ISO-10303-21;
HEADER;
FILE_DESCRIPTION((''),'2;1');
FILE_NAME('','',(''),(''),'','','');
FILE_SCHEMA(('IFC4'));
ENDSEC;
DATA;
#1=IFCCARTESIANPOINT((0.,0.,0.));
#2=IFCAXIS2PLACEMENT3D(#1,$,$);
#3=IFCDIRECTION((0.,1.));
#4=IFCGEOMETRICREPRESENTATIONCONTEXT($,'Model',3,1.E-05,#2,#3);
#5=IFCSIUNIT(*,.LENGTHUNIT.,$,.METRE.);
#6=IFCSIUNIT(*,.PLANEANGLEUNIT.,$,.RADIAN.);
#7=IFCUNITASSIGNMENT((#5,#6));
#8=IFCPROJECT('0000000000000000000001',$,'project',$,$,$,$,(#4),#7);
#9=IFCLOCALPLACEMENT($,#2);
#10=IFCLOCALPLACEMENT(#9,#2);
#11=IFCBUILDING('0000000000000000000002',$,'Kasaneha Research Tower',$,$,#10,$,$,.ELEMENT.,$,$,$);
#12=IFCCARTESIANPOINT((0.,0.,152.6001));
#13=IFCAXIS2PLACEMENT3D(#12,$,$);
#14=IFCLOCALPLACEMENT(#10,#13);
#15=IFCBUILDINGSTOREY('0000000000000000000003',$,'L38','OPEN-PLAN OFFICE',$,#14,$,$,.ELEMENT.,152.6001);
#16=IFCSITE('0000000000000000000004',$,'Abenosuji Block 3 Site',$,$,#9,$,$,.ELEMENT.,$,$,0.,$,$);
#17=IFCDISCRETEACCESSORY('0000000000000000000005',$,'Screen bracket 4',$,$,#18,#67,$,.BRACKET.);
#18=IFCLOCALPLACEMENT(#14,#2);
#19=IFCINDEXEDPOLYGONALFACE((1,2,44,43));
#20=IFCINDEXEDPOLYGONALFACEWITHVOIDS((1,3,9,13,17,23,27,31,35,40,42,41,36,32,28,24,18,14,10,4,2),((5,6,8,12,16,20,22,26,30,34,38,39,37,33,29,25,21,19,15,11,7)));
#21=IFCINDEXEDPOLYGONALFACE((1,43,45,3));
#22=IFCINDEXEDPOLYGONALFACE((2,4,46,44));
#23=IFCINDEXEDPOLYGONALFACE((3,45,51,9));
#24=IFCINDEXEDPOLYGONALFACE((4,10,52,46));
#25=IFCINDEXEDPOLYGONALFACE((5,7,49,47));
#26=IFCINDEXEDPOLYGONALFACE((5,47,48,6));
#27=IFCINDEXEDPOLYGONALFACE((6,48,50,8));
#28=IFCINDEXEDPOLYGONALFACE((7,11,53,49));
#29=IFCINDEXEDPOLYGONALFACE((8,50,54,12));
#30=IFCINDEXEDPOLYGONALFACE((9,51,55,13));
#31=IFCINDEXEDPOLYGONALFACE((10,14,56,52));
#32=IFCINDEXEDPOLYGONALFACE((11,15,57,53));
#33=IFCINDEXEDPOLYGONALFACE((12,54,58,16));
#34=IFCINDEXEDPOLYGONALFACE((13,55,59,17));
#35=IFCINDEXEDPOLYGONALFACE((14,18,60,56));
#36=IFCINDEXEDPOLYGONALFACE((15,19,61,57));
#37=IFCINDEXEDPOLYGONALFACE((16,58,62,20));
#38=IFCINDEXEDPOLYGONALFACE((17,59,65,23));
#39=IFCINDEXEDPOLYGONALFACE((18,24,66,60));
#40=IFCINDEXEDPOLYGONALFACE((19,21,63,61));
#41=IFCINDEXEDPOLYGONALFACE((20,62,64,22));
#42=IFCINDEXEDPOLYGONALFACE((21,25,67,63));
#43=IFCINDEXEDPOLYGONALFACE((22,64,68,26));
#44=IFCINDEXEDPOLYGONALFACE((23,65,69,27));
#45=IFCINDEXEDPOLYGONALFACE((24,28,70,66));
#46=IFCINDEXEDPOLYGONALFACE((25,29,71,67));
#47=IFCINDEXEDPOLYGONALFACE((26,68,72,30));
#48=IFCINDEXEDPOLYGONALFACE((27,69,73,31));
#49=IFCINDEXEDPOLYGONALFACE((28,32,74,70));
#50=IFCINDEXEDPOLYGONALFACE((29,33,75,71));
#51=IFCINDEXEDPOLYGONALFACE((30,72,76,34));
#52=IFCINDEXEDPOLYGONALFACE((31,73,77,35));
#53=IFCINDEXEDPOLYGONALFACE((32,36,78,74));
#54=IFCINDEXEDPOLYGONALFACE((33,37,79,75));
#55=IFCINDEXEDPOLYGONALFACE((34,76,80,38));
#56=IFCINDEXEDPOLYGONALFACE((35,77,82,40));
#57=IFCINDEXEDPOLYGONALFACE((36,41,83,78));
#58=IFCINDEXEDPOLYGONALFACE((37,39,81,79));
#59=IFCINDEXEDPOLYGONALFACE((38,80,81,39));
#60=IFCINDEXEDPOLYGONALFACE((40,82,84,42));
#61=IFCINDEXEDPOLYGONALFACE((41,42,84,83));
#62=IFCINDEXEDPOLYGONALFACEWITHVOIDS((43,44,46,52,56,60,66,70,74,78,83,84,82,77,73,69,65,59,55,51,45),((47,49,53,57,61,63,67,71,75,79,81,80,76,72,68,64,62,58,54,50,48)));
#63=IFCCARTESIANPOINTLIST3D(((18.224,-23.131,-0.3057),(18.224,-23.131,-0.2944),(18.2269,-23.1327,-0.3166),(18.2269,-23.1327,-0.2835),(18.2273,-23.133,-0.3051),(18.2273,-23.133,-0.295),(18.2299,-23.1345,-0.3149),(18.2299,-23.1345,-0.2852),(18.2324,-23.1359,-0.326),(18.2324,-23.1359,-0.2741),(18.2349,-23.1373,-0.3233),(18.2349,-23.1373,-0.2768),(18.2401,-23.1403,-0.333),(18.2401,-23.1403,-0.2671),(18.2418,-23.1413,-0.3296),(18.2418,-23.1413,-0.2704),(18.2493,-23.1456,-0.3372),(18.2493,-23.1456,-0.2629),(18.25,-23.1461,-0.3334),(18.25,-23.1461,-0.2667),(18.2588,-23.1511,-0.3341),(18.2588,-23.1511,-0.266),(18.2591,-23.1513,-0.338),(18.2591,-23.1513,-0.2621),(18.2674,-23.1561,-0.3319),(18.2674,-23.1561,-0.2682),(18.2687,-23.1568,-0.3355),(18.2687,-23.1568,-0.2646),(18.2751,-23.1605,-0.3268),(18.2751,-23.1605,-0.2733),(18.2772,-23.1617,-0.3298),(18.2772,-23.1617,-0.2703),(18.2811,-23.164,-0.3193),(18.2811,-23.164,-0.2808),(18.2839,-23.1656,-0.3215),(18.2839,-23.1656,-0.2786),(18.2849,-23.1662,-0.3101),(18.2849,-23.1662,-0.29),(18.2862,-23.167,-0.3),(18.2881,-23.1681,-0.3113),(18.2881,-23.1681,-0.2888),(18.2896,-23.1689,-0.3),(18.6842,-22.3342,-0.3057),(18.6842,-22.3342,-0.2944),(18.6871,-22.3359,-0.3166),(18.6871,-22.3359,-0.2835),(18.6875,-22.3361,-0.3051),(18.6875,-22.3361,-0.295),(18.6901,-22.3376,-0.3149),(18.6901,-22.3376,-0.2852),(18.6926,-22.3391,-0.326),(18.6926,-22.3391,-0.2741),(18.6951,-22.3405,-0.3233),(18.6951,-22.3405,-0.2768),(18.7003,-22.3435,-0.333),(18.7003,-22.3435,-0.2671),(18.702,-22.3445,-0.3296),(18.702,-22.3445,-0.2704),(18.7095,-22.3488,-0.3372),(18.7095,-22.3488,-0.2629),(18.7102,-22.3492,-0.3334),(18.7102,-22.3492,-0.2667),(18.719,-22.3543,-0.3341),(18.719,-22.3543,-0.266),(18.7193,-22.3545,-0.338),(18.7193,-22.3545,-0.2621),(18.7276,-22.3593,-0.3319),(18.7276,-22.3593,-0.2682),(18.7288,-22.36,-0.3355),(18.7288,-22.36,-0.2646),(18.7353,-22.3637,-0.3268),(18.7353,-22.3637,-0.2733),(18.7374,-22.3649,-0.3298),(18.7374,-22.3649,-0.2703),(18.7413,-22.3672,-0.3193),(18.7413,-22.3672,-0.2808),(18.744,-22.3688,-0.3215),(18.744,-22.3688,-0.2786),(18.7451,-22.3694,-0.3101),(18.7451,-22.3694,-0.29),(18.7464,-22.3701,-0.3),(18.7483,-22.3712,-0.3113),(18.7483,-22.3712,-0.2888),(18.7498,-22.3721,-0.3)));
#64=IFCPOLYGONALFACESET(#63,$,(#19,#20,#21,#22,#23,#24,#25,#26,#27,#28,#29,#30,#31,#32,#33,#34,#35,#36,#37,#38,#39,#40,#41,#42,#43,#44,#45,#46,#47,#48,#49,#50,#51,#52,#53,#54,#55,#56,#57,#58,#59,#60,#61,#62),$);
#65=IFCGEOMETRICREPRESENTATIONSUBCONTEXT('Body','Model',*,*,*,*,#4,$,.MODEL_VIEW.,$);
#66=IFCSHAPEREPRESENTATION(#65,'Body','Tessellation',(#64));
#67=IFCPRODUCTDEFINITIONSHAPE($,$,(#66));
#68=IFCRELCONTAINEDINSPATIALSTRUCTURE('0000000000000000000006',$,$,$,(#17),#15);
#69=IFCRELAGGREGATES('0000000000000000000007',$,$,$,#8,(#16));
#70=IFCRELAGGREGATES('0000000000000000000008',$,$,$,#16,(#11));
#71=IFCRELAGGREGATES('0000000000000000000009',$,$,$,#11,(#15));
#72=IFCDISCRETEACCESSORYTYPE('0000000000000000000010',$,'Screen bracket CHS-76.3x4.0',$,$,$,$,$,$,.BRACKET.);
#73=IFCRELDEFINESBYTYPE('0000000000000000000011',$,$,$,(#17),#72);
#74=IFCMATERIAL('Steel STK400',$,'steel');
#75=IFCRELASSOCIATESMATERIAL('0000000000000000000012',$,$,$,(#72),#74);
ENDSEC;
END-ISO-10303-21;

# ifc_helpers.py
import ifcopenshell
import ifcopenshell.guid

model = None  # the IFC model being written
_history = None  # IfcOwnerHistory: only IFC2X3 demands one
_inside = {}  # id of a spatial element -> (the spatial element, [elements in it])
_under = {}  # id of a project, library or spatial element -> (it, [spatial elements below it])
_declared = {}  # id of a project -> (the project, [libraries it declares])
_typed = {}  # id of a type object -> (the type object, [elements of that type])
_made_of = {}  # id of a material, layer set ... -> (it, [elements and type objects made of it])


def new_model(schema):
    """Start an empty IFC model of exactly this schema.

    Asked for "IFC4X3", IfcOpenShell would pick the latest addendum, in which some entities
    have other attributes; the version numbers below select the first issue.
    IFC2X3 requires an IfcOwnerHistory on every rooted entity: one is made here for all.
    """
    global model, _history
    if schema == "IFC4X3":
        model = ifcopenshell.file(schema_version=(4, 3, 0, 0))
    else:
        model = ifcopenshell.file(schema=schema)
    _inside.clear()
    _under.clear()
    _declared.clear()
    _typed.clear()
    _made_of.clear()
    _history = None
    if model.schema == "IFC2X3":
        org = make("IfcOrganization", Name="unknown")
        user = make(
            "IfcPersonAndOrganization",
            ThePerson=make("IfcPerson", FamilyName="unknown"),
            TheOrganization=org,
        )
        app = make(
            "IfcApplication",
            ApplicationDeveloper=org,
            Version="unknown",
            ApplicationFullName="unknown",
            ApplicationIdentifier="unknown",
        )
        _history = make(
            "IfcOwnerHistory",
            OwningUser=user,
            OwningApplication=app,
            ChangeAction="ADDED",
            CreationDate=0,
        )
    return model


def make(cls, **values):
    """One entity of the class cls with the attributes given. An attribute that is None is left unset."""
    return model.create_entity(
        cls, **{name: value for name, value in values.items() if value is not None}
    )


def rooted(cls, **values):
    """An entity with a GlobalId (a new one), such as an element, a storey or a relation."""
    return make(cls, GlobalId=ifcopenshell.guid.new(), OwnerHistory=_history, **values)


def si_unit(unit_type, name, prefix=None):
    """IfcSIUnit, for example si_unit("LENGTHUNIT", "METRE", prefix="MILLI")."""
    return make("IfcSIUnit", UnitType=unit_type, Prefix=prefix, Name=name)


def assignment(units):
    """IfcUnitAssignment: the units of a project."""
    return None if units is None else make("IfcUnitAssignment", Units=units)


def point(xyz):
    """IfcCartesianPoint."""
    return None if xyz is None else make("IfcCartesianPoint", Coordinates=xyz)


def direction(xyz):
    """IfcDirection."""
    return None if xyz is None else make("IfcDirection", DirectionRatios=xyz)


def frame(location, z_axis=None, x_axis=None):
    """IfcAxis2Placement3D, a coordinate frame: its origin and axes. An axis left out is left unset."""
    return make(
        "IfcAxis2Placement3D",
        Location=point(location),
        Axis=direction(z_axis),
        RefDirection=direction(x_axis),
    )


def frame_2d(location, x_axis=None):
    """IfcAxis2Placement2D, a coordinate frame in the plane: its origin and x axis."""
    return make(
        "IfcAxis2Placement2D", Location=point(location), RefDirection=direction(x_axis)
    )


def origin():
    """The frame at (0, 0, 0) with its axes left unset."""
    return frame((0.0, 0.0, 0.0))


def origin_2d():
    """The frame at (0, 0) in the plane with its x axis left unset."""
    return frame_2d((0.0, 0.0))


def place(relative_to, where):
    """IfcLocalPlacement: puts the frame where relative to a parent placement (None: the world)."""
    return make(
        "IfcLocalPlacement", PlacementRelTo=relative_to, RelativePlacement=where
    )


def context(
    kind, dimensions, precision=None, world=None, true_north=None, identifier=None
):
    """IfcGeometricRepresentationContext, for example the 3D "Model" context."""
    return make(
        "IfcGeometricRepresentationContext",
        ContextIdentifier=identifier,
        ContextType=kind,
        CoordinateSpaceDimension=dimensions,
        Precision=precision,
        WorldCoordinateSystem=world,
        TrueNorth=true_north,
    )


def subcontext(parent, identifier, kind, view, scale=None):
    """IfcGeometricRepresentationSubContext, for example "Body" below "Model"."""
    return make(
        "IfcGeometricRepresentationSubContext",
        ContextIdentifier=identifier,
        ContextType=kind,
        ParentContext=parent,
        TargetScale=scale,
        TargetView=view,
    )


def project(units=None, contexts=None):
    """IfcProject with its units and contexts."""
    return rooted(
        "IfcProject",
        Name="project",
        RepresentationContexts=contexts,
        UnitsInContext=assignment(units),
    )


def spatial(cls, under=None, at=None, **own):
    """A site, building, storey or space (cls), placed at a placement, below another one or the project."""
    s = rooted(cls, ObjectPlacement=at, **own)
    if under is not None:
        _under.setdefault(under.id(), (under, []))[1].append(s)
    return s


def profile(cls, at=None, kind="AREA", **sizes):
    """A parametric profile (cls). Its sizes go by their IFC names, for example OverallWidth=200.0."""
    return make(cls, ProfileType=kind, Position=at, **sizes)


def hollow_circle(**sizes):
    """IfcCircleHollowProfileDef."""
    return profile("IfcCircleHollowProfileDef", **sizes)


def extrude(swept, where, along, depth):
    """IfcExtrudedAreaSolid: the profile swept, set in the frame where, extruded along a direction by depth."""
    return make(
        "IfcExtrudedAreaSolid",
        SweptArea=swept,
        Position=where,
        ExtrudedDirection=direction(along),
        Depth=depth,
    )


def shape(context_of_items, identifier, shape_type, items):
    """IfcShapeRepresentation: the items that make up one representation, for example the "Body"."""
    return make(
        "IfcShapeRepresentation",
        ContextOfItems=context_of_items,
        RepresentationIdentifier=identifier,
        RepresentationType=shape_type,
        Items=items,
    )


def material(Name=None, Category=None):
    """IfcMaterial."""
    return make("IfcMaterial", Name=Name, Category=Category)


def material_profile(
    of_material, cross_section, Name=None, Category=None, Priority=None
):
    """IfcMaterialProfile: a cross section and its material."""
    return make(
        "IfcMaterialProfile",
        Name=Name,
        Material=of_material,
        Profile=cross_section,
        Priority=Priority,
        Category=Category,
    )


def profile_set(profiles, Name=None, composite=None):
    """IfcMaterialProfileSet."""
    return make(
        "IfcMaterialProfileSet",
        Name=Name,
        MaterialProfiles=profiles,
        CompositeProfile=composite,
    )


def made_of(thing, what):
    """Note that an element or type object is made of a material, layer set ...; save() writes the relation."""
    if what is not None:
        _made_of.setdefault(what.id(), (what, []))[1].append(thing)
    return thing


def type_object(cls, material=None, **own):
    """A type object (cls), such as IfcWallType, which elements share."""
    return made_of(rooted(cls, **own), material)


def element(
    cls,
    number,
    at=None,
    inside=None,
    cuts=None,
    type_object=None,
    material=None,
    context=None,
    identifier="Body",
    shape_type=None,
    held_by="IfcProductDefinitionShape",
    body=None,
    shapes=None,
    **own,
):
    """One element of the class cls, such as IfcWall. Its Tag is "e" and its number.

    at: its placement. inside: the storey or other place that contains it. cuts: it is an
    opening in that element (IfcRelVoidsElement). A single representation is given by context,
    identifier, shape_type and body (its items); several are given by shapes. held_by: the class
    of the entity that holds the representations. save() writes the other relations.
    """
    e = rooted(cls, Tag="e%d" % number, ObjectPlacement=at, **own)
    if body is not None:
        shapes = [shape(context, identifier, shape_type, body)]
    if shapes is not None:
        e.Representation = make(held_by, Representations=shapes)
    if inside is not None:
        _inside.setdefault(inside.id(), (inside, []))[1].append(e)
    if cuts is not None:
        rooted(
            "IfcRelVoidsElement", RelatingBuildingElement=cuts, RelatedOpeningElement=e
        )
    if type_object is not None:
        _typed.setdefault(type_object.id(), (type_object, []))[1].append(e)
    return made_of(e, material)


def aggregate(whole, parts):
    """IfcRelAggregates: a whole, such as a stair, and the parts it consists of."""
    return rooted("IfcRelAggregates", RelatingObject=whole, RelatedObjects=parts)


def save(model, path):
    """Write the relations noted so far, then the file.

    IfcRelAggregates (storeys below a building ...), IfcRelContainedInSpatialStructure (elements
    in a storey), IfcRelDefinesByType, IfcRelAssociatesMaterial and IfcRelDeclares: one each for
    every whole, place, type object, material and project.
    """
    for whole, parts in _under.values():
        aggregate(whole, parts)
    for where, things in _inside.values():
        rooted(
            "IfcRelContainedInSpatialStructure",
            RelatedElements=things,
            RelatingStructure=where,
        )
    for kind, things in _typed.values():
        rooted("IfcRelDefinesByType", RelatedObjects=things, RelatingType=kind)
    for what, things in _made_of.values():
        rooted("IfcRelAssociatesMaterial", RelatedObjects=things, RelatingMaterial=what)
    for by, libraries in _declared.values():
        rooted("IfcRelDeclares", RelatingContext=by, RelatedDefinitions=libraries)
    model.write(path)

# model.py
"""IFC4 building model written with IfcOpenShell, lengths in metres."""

from ifc_helpers import new_model, si_unit, direction, frame, origin, origin_2d, place, context, subcontext, project, spatial, hollow_circle, extrude, material, material_profile, profile_set, type_object, element, save


model = new_model("IFC4")

# Units and contexts
model_context = context("Model", 3, precision=1e-05, world=origin(), true_north=direction((0.0, 1.0)))
body_context = subcontext(model_context, "Body", "Model", "MODEL_VIEW")
ifc_project = project(units=[si_unit("LENGTHUNIT", "METRE"), si_unit("PLANEANGLEUNIT", "RADIAN")], contexts=[model_context])

# Site, building, storey
site_placement = place(None, origin())
site = spatial("IfcSite", under=ifc_project, at=site_placement, Name="Abenosuji Block 3 Site", CompositionType="ELEMENT", RefElevation=0.0)
building_placement = place(site_placement, origin())
building = spatial("IfcBuilding", under=site, at=building_placement, Name="Kasaneha Research Tower", CompositionType="ELEMENT")
storey_placement = place(building_placement, frame((0.0, 0.0, 152.6001)))
storey = spatial("IfcBuildingStorey", under=building, at=storey_placement, Name="L38", Description="OPEN-PLAN OFFICE", CompositionType="ELEMENT", Elevation=152.6001)

# Discrete accessory
ifc_material_1 = material(Name="Steel STK400", Category="steel")
ifc_material_profile_1 = material_profile(ifc_material_1, hollow_circle(Radius=0.0381, WallThickness=0.0039, at=origin_2d()), Name="CHS-76.3x4.0")
ifc_profile_set_1 = profile_set([ifc_material_profile_1], Name="Steel STK400")
discrete_accessory_type = type_object("IfcDiscreteAccessoryType", Name="Screen bracket CHS-76.3x4.0", PredefinedType="BRACKET", material=ifc_profile_set_1)
discrete_accessory_1_placement = place(storey_placement, frame((18.7168, -22.353, -0.3), z_axis=(-0.500105, -0.865965, 0.0), x_axis=(0.865965, -0.500105, 0.0)))
element("IfcDiscreteAccessory", 1, at=discrete_accessory_1_placement, inside=storey, type_object=discrete_accessory_type, Name="Screen bracket 4", PredefinedType="BRACKET", context=body_context, shape_type="SweptSolid", body=[
    extrude(hollow_circle(Radius=0.0381, WallThickness=0.0039, at=origin_2d()), origin(), (0.0, 0.0, 1.0), 0.9202),
])

save(model, "model.ifc")
